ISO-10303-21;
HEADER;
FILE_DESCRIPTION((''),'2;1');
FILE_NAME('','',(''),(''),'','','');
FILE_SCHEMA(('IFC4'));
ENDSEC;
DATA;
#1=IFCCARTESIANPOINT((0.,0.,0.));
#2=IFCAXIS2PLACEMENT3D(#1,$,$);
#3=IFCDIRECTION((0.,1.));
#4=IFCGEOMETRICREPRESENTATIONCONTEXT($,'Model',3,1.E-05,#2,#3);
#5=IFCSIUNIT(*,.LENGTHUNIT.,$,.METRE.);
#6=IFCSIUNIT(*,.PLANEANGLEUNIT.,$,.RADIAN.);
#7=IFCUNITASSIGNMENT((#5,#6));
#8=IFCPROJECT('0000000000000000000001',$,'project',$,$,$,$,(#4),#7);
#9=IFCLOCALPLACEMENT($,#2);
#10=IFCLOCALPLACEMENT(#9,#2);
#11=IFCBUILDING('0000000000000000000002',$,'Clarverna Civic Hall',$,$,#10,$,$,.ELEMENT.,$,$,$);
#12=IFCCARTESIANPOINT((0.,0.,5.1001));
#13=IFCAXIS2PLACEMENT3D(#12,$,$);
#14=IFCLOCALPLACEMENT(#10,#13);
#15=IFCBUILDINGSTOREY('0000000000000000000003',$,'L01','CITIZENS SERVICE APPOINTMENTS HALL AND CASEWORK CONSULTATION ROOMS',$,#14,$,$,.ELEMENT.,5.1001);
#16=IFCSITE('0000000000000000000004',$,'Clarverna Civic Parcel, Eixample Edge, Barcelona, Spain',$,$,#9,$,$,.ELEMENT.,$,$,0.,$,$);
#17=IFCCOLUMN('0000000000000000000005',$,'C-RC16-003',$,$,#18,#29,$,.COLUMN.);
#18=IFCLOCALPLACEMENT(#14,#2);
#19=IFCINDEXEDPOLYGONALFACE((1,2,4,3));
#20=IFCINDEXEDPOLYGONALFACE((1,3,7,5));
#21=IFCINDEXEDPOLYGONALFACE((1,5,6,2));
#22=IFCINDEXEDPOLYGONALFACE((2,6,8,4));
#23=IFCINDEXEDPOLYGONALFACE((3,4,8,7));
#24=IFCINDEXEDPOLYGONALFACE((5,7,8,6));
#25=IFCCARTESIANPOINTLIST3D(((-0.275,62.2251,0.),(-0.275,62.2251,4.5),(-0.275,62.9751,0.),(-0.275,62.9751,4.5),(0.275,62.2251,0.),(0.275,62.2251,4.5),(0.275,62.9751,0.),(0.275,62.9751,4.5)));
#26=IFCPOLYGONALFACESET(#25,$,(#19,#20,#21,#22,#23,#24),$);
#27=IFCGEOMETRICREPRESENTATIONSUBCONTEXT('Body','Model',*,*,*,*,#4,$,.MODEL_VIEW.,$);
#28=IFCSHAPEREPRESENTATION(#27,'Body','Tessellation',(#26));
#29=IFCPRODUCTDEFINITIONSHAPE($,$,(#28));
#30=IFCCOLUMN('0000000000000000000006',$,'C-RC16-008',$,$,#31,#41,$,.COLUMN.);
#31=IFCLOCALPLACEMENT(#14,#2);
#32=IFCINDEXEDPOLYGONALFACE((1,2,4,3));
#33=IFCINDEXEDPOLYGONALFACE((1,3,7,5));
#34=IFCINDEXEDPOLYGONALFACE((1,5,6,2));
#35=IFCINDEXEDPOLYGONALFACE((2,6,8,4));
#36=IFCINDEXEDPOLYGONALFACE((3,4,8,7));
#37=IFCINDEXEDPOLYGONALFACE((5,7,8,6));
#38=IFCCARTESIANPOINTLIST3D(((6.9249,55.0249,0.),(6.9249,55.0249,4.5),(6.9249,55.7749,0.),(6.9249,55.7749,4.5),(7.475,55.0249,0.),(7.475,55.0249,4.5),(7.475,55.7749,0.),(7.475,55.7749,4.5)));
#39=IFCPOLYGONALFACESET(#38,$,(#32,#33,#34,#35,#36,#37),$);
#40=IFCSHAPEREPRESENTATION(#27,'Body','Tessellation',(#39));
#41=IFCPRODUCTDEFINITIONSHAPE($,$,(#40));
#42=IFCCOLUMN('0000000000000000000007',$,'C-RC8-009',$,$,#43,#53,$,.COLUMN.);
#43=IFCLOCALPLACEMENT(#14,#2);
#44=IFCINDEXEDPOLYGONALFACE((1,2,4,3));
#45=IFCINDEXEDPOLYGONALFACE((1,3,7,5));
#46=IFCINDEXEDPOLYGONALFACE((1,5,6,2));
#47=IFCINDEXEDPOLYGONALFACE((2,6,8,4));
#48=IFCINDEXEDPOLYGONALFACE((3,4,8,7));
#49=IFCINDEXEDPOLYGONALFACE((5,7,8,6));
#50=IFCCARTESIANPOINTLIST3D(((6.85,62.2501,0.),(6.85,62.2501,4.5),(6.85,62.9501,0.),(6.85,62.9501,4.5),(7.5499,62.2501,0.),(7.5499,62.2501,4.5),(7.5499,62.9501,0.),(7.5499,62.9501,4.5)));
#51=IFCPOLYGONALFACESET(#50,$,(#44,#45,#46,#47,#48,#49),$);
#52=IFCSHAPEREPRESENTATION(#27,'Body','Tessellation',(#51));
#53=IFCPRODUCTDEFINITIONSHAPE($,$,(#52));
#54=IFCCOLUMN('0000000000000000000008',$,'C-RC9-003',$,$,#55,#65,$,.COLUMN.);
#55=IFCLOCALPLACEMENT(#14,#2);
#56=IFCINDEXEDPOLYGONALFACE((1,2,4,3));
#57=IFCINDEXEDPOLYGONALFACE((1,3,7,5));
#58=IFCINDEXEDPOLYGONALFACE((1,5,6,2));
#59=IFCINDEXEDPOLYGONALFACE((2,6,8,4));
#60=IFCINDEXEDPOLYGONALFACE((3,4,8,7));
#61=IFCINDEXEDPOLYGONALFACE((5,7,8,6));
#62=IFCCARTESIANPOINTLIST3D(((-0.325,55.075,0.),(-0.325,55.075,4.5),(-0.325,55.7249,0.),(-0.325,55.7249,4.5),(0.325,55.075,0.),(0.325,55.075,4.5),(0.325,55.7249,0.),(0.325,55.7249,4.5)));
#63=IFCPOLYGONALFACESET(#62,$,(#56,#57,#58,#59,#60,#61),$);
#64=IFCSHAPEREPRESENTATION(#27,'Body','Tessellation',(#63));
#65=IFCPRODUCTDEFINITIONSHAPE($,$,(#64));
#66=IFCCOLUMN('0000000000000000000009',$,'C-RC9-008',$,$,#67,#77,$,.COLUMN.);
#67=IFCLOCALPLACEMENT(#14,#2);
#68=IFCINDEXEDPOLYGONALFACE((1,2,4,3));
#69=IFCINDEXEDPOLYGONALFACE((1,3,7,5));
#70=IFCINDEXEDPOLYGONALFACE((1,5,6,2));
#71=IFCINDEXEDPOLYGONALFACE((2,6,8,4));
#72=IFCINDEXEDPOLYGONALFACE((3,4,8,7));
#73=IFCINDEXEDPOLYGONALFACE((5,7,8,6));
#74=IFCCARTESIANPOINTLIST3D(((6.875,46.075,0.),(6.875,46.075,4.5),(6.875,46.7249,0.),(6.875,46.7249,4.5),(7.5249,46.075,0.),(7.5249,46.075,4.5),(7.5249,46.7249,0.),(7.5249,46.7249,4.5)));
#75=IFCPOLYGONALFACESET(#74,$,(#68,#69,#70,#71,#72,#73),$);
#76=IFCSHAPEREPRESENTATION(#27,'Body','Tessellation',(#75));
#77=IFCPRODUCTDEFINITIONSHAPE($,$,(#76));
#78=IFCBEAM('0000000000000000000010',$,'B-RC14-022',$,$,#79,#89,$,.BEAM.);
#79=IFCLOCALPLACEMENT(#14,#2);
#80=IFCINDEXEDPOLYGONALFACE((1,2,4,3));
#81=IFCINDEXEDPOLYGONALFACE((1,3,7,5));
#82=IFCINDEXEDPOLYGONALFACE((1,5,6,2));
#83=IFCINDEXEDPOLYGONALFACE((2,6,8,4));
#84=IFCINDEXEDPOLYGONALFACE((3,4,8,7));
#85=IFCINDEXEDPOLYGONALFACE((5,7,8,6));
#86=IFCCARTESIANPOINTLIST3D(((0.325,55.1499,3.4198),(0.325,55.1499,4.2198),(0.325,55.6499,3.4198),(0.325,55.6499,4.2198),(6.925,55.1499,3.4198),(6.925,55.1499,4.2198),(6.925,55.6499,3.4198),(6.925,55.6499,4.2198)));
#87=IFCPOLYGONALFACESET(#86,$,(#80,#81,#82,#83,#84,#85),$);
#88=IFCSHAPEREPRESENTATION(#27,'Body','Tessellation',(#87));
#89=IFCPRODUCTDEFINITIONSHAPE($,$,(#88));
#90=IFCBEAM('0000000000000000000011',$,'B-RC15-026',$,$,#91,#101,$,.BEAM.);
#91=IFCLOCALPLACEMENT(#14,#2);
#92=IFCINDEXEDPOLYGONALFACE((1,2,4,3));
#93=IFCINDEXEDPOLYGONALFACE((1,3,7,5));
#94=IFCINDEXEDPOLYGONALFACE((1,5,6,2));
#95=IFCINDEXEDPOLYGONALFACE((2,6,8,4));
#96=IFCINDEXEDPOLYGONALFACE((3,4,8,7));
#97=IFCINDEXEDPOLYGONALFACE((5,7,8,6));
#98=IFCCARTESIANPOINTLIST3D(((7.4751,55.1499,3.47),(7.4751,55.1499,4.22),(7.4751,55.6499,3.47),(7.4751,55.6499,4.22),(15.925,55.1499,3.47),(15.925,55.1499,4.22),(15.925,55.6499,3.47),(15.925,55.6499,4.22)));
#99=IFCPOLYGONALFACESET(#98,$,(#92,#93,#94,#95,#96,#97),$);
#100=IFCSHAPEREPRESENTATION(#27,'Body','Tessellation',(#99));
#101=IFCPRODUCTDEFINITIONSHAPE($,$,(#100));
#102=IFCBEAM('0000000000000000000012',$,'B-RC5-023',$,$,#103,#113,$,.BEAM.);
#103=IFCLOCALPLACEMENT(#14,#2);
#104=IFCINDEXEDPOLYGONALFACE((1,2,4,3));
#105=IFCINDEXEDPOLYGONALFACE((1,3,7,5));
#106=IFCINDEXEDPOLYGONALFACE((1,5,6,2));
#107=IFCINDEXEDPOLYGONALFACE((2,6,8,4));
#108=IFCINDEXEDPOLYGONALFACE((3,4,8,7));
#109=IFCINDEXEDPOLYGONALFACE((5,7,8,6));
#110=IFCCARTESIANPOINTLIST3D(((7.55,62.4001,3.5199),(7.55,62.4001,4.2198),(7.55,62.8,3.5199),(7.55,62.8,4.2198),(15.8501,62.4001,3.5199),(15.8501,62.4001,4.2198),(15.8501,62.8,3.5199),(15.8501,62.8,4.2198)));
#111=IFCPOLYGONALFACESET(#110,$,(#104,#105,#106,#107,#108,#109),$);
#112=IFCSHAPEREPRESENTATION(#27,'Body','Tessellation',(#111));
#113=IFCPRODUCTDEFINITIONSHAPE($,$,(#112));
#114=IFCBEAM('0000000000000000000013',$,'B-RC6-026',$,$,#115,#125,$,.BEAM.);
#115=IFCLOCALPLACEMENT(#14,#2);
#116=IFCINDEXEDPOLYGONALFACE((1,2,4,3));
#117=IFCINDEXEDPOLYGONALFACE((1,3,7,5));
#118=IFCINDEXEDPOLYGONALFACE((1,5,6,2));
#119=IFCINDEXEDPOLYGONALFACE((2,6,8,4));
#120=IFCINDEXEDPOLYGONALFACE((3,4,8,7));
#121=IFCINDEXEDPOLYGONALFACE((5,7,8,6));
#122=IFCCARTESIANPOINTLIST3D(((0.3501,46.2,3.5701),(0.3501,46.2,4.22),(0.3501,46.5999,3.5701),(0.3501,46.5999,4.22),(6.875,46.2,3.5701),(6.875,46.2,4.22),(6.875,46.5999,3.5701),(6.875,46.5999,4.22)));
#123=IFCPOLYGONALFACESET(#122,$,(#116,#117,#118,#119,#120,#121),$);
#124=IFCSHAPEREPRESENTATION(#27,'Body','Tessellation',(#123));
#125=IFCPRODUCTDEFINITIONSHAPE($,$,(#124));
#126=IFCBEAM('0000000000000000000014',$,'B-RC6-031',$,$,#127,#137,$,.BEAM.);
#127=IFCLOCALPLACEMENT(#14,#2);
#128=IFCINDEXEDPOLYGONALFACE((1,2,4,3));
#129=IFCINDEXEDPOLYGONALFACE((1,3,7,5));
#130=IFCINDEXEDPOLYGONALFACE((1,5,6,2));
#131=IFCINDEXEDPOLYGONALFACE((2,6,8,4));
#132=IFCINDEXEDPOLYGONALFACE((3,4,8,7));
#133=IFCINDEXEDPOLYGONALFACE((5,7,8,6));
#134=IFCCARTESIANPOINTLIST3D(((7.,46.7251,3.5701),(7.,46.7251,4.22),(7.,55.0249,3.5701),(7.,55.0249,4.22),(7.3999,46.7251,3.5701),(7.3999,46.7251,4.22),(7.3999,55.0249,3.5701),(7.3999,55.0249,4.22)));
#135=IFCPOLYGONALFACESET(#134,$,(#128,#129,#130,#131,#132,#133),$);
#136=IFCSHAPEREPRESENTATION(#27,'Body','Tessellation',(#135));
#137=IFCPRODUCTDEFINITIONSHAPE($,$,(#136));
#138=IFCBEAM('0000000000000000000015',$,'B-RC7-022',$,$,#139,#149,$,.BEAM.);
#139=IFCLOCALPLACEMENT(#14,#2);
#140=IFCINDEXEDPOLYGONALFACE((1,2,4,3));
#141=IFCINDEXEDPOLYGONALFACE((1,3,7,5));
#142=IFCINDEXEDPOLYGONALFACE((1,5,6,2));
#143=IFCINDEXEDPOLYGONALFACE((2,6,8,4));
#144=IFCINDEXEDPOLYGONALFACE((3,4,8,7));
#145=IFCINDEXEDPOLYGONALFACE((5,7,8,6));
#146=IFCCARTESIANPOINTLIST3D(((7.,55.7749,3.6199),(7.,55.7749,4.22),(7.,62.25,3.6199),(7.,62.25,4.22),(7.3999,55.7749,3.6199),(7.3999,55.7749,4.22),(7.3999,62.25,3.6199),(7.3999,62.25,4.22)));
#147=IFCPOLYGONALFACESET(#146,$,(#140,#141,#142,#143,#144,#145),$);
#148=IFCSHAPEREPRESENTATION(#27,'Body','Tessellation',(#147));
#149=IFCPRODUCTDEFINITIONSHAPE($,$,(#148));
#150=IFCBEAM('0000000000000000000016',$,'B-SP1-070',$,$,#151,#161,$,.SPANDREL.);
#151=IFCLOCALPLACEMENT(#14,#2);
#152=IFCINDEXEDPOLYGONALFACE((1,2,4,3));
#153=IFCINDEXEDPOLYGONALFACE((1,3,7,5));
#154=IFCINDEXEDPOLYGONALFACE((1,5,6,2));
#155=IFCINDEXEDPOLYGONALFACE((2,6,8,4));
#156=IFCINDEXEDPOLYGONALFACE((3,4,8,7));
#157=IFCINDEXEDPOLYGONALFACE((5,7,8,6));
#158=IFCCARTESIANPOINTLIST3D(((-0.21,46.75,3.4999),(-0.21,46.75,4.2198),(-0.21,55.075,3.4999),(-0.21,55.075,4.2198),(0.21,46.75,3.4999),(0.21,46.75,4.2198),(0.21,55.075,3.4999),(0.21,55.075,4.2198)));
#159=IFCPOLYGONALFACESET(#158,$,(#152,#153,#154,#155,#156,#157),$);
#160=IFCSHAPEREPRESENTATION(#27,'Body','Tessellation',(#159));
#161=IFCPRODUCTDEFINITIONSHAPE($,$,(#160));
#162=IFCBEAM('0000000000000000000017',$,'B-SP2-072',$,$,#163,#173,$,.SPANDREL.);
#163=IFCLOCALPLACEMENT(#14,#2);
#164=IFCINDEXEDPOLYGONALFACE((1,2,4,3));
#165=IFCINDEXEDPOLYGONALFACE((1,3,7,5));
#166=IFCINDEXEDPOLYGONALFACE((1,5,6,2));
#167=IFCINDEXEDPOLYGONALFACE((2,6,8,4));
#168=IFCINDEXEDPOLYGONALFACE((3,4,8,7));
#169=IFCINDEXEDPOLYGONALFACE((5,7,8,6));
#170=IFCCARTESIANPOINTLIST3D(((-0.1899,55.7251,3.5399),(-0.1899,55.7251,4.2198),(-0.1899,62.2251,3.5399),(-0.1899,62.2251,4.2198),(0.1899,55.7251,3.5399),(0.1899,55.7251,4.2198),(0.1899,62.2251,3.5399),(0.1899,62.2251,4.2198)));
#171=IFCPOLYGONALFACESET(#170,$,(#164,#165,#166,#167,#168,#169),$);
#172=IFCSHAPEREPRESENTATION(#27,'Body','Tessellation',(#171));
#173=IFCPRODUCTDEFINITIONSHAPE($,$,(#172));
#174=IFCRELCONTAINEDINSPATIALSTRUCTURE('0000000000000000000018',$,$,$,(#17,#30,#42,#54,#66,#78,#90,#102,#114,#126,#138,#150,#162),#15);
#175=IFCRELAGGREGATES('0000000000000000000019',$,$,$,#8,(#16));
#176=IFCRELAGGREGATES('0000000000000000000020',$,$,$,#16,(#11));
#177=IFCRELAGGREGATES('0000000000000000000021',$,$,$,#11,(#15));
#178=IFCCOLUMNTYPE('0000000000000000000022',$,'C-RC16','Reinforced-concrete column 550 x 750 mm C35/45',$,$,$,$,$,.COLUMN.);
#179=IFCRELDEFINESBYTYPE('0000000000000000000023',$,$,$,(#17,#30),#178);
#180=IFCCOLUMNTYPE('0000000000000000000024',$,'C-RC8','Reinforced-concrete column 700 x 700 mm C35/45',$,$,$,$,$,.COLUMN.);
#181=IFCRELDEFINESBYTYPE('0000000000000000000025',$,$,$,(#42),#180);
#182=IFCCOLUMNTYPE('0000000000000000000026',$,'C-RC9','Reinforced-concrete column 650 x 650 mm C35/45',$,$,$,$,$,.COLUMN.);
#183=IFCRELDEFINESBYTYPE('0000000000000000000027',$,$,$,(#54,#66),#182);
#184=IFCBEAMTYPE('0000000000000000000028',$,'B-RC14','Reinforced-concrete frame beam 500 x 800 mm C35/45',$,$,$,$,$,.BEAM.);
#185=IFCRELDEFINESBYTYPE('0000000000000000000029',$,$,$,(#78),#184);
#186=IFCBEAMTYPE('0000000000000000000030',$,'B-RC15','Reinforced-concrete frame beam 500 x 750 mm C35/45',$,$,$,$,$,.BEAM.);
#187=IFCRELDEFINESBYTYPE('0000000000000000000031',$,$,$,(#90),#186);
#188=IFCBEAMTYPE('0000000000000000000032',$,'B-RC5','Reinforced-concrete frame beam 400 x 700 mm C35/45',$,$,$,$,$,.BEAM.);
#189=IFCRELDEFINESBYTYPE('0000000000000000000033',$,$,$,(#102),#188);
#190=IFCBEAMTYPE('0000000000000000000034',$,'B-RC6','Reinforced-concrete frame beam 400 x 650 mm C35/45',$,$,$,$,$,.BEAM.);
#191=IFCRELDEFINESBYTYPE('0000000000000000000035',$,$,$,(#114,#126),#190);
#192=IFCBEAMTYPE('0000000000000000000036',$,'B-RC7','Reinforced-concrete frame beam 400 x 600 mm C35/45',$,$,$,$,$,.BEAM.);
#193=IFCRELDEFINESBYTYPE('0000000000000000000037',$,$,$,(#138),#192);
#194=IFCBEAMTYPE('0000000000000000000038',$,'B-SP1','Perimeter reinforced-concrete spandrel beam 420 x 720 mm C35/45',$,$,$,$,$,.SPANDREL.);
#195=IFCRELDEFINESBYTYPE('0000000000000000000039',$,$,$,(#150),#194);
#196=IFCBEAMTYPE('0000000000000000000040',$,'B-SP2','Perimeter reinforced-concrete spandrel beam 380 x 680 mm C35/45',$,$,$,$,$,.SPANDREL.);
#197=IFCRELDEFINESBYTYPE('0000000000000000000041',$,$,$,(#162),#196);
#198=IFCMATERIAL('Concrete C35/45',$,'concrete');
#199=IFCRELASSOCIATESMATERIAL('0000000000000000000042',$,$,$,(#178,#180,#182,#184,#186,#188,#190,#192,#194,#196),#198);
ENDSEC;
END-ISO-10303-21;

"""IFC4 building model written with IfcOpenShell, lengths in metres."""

from ifc_helpers import new_model, si_unit, direction, frame, origin, origin_2d, place, context, subcontext, project, spatial, rectangle, extrude, material, material_profile, profile_set, type_object, element, save


model = new_model("IFC4")

# Units and contexts
model_context = context("Model", 3, precision=1e-05, world=origin(), true_north=direction((0.0, 1.0)))
body_context = subcontext(model_context, "Body", "Model", "MODEL_VIEW")
ifc_project = project(units=[si_unit("LENGTHUNIT", "METRE"), si_unit("PLANEANGLEUNIT", "RADIAN")], contexts=[model_context])

# Site, building, storey
site_placement = place(None, origin())
site = spatial("IfcSite", under=ifc_project, at=site_placement, Name="Clarverna Civic Parcel, Eixample Edge, Barcelona, Spain", CompositionType="ELEMENT", RefElevation=0.0)
building_placement = place(site_placement, origin())
building = spatial("IfcBuilding", under=site, at=building_placement, Name="Clarverna Civic Hall", CompositionType="ELEMENT")
storey_placement = place(building_placement, frame((0.0, 0.0, 5.1001)))
storey = spatial("IfcBuildingStorey", under=building, at=storey_placement, Name="L01", Description="CITIZENS SERVICE APPOINTMENTS HALL AND CASEWORK CONSULTATION ROOMS", CompositionType="ELEMENT", Elevation=5.1001)

# Columns
ifc_material_1 = material(Name="Concrete C35/45", Category="concrete")
ifc_material_profile_1 = material_profile(ifc_material_1, rectangle(XDim=0.55, YDim=0.75, at=origin_2d()), Name="RC 550x750")
ifc_profile_set_1 = profile_set([ifc_material_profile_1], Name="Concrete C35/45")
column_type_1 = type_object("IfcColumnType", Name="C-RC16", Description="Reinforced-concrete column 550 x 750 mm C35/45", PredefinedType="COLUMN", material=ifc_profile_set_1)
for number, where, z_axis, x_axis, name in (
    (1, (0.0, 62.6001, 0.0), (0.0, 0.0, 1.0), (1.0, 0.0, 0.0), "C-RC16-003"),
    (2, (7.2, 55.3999, 0.0), (0.0, 0.0, 1.0), (1.0, 0.0, 0.0), "C-RC16-008"),
):
    element("IfcColumn", number, at=place(storey_placement, frame(where, z_axis=z_axis, x_axis=x_axis)), inside=storey, type_object=column_type_1, Name=name, PredefinedType="COLUMN", context=body_context, shape_type="SweptSolid", body=[
        extrude(rectangle(XDim=0.55, YDim=0.75, at=origin_2d()), origin(), (0.0, 0.0, 1.0), 4.5),
    ])
ifc_material_profile_2 = material_profile(ifc_material_1, rectangle(XDim=0.7, YDim=0.7, at=origin_2d()), Name="RC 700x700")
ifc_profile_set_2 = profile_set([ifc_material_profile_2], Name="Concrete C35/45")
column_type_2 = type_object("IfcColumnType", Name="C-RC8", Description="Reinforced-concrete column 700 x 700 mm C35/45", PredefinedType="COLUMN", material=ifc_profile_set_2)
column_placement = place(storey_placement, frame((7.2, 62.6001, 0.0), z_axis=(0.0, 0.0, 1.0), x_axis=(1.0, 0.0, 0.0)))
element("IfcColumn", 3, at=column_placement, inside=storey, type_object=column_type_2, Name="C-RC8-009", PredefinedType="COLUMN", context=body_context, shape_type="SweptSolid", body=[
    extrude(rectangle(XDim=0.7, YDim=0.7, at=origin_2d()), origin(), (0.0, 0.0, 1.0), 4.5),
])
ifc_material_profile_3 = material_profile(ifc_material_1, rectangle(XDim=0.6499, YDim=0.6499, at=origin_2d()), Name="RC 650x650")
ifc_profile_set_3 = profile_set([ifc_material_profile_3], Name="Concrete C35/45")
column_type_3 = type_object("IfcColumnType", Name="C-RC9", Description="Reinforced-concrete column 650 x 650 mm C35/45", PredefinedType="COLUMN", material=ifc_profile_set_3)
for number, where, z_axis, x_axis, name in (
    (4, (0.0, 55.3999, 0.0), (0.0, 0.0, 1.0), (1.0, 0.0, 0.0), "C-RC9-003"),
    (5, (7.2, 46.3999, 0.0), (0.0, 0.0, 1.0), (1.0, 0.0, 0.0), "C-RC9-008"),
):
    element("IfcColumn", number, at=place(storey_placement, frame(where, z_axis=z_axis, x_axis=x_axis)), inside=storey, type_object=column_type_3, Name=name, PredefinedType="COLUMN", context=body_context, shape_type="SweptSolid", body=[
        extrude(rectangle(XDim=0.6499, YDim=0.6499, at=origin_2d()), origin(), (0.0, 0.0, 1.0), 4.5),
    ])

# Beams
ifc_material_profile_4 = material_profile(ifc_material_1, rectangle(XDim=0.5, YDim=0.8, at=origin_2d()), Name="RC 500x800")
ifc_profile_set_4 = profile_set([ifc_material_profile_4], Name="Concrete C35/45")
beam_type_1 = type_object("IfcBeamType", Name="B-RC14", Description="Reinforced-concrete frame beam 500 x 800 mm C35/45", PredefinedType="BEAM", material=ifc_profile_set_4)
beam_1_placement = place(storey_placement, frame((0.325, 55.3999, 3.8198), z_axis=(1.0, 0.0, 0.0), x_axis=(0.0, 1.0, 0.0)))
element("IfcBeam", 6, at=beam_1_placement, inside=storey, type_object=beam_type_1, Name="B-RC14-022", PredefinedType="BEAM", context=body_context, shape_type="SweptSolid", body=[
    extrude(rectangle(XDim=0.5, YDim=0.8, at=origin_2d()), origin(), (0.0, 0.0, 1.0), 6.6001),
])
ifc_material_profile_5 = material_profile(ifc_material_1, rectangle(XDim=0.5, YDim=0.75, at=origin_2d()), Name="RC 500x750")
ifc_profile_set_5 = profile_set([ifc_material_profile_5], Name="Concrete C35/45")
beam_type_2 = type_object("IfcBeamType", Name="B-RC15", Description="Reinforced-concrete frame beam 500 x 750 mm C35/45", PredefinedType="BEAM", material=ifc_profile_set_5)
beam_2_placement = place(storey_placement, frame((7.4751, 55.3999, 3.845), z_axis=(1.0, 0.0, 0.0), x_axis=(0.0, 1.0, 0.0)))
element("IfcBeam", 7, at=beam_2_placement, inside=storey, type_object=beam_type_2, Name="B-RC15-026", PredefinedType="BEAM", context=body_context, shape_type="SweptSolid", body=[
    extrude(rectangle(XDim=0.5, YDim=0.75, at=origin_2d()), origin(), (0.0, 0.0, 1.0), 8.45),
])
ifc_material_profile_6 = material_profile(ifc_material_1, rectangle(XDim=0.3999, YDim=0.7, at=origin_2d()), Name="RC 400x700")
ifc_profile_set_6 = profile_set([ifc_material_profile_6], Name="Concrete C35/45")
beam_type_3 = type_object("IfcBeamType", Name="B-RC5", Description="Reinforced-concrete frame beam 400 x 700 mm C35/45", PredefinedType="BEAM", material=ifc_profile_set_6)
beam_3_placement = place(storey_placement, frame((7.55, 62.6001, 3.8699), z_axis=(1.0, 0.0, 0.0), x_axis=(0.0, 1.0, 0.0)))
element("IfcBeam", 8, at=beam_3_placement, inside=storey, type_object=beam_type_3, Name="B-RC5-023", PredefinedType="BEAM", context=body_context, shape_type="SweptSolid", body=[
    extrude(rectangle(XDim=0.3999, YDim=0.7, at=origin_2d()), origin(), (0.0, 0.0, 1.0), 8.3),
])
ifc_material_profile_7 = material_profile(ifc_material_1, rectangle(XDim=0.3999, YDim=0.6499, at=origin_2d()), Name="RC 400x650")
ifc_profile_set_7 = profile_set([ifc_material_profile_7], Name="Concrete C35/45")
beam_type_4 = type_object("IfcBeamType", Name="B-RC6", Description="Reinforced-concrete frame beam 400 x 650 mm C35/45", PredefinedType="BEAM", material=ifc_profile_set_7)
beam_4_placement = place(storey_placement, frame((0.3501, 46.3999, 3.895), z_axis=(1.0, 0.0, 0.0), x_axis=(0.0, 1.0, 0.0)))
element("IfcBeam", 9, at=beam_4_placement, inside=storey, type_object=beam_type_4, Name="B-RC6-026", PredefinedType="BEAM", context=body_context, shape_type="SweptSolid", body=[
    extrude(rectangle(XDim=0.3999, YDim=0.6499, at=origin_2d()), origin(), (0.0, 0.0, 1.0), 6.5249),
])
beam_5_placement = place(storey_placement, frame((7.2, 46.7251, 3.895), z_axis=(0.0, 1.0, 0.0), x_axis=(-1.0, 0.0, 0.0)))
element("IfcBeam", 10, at=beam_5_placement, inside=storey, type_object=beam_type_4, Name="B-RC6-031", PredefinedType="BEAM", context=body_context, shape_type="SweptSolid", body=[
    extrude(rectangle(XDim=0.3999, YDim=0.6499, at=origin_2d()), origin(), (0.0, 0.0, 1.0), 8.2998),
])
ifc_material_profile_8 = material_profile(ifc_material_1, rectangle(XDim=0.3999, YDim=0.6001, at=origin_2d()), Name="RC 400x600")
ifc_profile_set_8 = profile_set([ifc_material_profile_8], Name="Concrete C35/45")
beam_type_5 = type_object("IfcBeamType", Name="B-RC7", Description="Reinforced-concrete frame beam 400 x 600 mm C35/45", PredefinedType="BEAM", material=ifc_profile_set_8)
beam_6_placement = place(storey_placement, frame((7.2, 55.7749, 3.9199), z_axis=(0.0, 1.0, 0.0), x_axis=(-1.0, 0.0, 0.0)))
element("IfcBeam", 11, at=beam_6_placement, inside=storey, type_object=beam_type_5, Name="B-RC7-022", PredefinedType="BEAM", context=body_context, shape_type="SweptSolid", body=[
    extrude(rectangle(XDim=0.3999, YDim=0.6001, at=origin_2d()), origin(), (0.0, 0.0, 1.0), 6.4751),
])
ifc_material_profile_9 = material_profile(ifc_material_1, rectangle(XDim=0.4199, YDim=0.72, at=origin_2d()), Name="RC 420x720")
ifc_profile_set_9 = profile_set([ifc_material_profile_9], Name="Concrete C35/45")
beam_type_6 = type_object("IfcBeamType", Name="B-SP1", Description="Perimeter reinforced-concrete spandrel beam 420 x 720 mm C35/45", PredefinedType="SPANDREL", material=ifc_profile_set_9)
beam_7_placement = place(storey_placement, frame((0.0, 46.75, 3.8599), z_axis=(0.0, 1.0, 0.0), x_axis=(-1.0, 0.0, 0.0)))
element("IfcBeam", 12, at=beam_7_placement, inside=storey, type_object=beam_type_6, Name="B-SP1-070", PredefinedType="SPANDREL", context=body_context, shape_type="SweptSolid", body=[
    extrude(rectangle(XDim=0.4199, YDim=0.72, at=origin_2d()), origin(), (0.0, 0.0, 1.0), 8.325),
])
ifc_material_profile_10 = material_profile(ifc_material_1, rectangle(XDim=0.3799, YDim=0.6799, at=origin_2d()), Name="RC 380x680")
ifc_profile_set_10 = profile_set([ifc_material_profile_10], Name="Concrete C35/45")
beam_type_7 = type_object("IfcBeamType", Name="B-SP2", Description="Perimeter reinforced-concrete spandrel beam 380 x 680 mm C35/45", PredefinedType="SPANDREL", material=ifc_profile_set_10)
beam_8_placement = place(storey_placement, frame((0.0, 55.7251, 3.8799), z_axis=(0.0, 1.0, 0.0), x_axis=(-1.0, 0.0, 0.0)))
element("IfcBeam", 13, at=beam_8_placement, inside=storey, type_object=beam_type_7, Name="B-SP2-072", PredefinedType="SPANDREL", context=body_context, shape_type="SweptSolid", body=[
    extrude(rectangle(XDim=0.3799, YDim=0.6799, at=origin_2d()), origin(), (0.0, 0.0, 1.0), 6.5),
])

save(model, "model.ifc")
